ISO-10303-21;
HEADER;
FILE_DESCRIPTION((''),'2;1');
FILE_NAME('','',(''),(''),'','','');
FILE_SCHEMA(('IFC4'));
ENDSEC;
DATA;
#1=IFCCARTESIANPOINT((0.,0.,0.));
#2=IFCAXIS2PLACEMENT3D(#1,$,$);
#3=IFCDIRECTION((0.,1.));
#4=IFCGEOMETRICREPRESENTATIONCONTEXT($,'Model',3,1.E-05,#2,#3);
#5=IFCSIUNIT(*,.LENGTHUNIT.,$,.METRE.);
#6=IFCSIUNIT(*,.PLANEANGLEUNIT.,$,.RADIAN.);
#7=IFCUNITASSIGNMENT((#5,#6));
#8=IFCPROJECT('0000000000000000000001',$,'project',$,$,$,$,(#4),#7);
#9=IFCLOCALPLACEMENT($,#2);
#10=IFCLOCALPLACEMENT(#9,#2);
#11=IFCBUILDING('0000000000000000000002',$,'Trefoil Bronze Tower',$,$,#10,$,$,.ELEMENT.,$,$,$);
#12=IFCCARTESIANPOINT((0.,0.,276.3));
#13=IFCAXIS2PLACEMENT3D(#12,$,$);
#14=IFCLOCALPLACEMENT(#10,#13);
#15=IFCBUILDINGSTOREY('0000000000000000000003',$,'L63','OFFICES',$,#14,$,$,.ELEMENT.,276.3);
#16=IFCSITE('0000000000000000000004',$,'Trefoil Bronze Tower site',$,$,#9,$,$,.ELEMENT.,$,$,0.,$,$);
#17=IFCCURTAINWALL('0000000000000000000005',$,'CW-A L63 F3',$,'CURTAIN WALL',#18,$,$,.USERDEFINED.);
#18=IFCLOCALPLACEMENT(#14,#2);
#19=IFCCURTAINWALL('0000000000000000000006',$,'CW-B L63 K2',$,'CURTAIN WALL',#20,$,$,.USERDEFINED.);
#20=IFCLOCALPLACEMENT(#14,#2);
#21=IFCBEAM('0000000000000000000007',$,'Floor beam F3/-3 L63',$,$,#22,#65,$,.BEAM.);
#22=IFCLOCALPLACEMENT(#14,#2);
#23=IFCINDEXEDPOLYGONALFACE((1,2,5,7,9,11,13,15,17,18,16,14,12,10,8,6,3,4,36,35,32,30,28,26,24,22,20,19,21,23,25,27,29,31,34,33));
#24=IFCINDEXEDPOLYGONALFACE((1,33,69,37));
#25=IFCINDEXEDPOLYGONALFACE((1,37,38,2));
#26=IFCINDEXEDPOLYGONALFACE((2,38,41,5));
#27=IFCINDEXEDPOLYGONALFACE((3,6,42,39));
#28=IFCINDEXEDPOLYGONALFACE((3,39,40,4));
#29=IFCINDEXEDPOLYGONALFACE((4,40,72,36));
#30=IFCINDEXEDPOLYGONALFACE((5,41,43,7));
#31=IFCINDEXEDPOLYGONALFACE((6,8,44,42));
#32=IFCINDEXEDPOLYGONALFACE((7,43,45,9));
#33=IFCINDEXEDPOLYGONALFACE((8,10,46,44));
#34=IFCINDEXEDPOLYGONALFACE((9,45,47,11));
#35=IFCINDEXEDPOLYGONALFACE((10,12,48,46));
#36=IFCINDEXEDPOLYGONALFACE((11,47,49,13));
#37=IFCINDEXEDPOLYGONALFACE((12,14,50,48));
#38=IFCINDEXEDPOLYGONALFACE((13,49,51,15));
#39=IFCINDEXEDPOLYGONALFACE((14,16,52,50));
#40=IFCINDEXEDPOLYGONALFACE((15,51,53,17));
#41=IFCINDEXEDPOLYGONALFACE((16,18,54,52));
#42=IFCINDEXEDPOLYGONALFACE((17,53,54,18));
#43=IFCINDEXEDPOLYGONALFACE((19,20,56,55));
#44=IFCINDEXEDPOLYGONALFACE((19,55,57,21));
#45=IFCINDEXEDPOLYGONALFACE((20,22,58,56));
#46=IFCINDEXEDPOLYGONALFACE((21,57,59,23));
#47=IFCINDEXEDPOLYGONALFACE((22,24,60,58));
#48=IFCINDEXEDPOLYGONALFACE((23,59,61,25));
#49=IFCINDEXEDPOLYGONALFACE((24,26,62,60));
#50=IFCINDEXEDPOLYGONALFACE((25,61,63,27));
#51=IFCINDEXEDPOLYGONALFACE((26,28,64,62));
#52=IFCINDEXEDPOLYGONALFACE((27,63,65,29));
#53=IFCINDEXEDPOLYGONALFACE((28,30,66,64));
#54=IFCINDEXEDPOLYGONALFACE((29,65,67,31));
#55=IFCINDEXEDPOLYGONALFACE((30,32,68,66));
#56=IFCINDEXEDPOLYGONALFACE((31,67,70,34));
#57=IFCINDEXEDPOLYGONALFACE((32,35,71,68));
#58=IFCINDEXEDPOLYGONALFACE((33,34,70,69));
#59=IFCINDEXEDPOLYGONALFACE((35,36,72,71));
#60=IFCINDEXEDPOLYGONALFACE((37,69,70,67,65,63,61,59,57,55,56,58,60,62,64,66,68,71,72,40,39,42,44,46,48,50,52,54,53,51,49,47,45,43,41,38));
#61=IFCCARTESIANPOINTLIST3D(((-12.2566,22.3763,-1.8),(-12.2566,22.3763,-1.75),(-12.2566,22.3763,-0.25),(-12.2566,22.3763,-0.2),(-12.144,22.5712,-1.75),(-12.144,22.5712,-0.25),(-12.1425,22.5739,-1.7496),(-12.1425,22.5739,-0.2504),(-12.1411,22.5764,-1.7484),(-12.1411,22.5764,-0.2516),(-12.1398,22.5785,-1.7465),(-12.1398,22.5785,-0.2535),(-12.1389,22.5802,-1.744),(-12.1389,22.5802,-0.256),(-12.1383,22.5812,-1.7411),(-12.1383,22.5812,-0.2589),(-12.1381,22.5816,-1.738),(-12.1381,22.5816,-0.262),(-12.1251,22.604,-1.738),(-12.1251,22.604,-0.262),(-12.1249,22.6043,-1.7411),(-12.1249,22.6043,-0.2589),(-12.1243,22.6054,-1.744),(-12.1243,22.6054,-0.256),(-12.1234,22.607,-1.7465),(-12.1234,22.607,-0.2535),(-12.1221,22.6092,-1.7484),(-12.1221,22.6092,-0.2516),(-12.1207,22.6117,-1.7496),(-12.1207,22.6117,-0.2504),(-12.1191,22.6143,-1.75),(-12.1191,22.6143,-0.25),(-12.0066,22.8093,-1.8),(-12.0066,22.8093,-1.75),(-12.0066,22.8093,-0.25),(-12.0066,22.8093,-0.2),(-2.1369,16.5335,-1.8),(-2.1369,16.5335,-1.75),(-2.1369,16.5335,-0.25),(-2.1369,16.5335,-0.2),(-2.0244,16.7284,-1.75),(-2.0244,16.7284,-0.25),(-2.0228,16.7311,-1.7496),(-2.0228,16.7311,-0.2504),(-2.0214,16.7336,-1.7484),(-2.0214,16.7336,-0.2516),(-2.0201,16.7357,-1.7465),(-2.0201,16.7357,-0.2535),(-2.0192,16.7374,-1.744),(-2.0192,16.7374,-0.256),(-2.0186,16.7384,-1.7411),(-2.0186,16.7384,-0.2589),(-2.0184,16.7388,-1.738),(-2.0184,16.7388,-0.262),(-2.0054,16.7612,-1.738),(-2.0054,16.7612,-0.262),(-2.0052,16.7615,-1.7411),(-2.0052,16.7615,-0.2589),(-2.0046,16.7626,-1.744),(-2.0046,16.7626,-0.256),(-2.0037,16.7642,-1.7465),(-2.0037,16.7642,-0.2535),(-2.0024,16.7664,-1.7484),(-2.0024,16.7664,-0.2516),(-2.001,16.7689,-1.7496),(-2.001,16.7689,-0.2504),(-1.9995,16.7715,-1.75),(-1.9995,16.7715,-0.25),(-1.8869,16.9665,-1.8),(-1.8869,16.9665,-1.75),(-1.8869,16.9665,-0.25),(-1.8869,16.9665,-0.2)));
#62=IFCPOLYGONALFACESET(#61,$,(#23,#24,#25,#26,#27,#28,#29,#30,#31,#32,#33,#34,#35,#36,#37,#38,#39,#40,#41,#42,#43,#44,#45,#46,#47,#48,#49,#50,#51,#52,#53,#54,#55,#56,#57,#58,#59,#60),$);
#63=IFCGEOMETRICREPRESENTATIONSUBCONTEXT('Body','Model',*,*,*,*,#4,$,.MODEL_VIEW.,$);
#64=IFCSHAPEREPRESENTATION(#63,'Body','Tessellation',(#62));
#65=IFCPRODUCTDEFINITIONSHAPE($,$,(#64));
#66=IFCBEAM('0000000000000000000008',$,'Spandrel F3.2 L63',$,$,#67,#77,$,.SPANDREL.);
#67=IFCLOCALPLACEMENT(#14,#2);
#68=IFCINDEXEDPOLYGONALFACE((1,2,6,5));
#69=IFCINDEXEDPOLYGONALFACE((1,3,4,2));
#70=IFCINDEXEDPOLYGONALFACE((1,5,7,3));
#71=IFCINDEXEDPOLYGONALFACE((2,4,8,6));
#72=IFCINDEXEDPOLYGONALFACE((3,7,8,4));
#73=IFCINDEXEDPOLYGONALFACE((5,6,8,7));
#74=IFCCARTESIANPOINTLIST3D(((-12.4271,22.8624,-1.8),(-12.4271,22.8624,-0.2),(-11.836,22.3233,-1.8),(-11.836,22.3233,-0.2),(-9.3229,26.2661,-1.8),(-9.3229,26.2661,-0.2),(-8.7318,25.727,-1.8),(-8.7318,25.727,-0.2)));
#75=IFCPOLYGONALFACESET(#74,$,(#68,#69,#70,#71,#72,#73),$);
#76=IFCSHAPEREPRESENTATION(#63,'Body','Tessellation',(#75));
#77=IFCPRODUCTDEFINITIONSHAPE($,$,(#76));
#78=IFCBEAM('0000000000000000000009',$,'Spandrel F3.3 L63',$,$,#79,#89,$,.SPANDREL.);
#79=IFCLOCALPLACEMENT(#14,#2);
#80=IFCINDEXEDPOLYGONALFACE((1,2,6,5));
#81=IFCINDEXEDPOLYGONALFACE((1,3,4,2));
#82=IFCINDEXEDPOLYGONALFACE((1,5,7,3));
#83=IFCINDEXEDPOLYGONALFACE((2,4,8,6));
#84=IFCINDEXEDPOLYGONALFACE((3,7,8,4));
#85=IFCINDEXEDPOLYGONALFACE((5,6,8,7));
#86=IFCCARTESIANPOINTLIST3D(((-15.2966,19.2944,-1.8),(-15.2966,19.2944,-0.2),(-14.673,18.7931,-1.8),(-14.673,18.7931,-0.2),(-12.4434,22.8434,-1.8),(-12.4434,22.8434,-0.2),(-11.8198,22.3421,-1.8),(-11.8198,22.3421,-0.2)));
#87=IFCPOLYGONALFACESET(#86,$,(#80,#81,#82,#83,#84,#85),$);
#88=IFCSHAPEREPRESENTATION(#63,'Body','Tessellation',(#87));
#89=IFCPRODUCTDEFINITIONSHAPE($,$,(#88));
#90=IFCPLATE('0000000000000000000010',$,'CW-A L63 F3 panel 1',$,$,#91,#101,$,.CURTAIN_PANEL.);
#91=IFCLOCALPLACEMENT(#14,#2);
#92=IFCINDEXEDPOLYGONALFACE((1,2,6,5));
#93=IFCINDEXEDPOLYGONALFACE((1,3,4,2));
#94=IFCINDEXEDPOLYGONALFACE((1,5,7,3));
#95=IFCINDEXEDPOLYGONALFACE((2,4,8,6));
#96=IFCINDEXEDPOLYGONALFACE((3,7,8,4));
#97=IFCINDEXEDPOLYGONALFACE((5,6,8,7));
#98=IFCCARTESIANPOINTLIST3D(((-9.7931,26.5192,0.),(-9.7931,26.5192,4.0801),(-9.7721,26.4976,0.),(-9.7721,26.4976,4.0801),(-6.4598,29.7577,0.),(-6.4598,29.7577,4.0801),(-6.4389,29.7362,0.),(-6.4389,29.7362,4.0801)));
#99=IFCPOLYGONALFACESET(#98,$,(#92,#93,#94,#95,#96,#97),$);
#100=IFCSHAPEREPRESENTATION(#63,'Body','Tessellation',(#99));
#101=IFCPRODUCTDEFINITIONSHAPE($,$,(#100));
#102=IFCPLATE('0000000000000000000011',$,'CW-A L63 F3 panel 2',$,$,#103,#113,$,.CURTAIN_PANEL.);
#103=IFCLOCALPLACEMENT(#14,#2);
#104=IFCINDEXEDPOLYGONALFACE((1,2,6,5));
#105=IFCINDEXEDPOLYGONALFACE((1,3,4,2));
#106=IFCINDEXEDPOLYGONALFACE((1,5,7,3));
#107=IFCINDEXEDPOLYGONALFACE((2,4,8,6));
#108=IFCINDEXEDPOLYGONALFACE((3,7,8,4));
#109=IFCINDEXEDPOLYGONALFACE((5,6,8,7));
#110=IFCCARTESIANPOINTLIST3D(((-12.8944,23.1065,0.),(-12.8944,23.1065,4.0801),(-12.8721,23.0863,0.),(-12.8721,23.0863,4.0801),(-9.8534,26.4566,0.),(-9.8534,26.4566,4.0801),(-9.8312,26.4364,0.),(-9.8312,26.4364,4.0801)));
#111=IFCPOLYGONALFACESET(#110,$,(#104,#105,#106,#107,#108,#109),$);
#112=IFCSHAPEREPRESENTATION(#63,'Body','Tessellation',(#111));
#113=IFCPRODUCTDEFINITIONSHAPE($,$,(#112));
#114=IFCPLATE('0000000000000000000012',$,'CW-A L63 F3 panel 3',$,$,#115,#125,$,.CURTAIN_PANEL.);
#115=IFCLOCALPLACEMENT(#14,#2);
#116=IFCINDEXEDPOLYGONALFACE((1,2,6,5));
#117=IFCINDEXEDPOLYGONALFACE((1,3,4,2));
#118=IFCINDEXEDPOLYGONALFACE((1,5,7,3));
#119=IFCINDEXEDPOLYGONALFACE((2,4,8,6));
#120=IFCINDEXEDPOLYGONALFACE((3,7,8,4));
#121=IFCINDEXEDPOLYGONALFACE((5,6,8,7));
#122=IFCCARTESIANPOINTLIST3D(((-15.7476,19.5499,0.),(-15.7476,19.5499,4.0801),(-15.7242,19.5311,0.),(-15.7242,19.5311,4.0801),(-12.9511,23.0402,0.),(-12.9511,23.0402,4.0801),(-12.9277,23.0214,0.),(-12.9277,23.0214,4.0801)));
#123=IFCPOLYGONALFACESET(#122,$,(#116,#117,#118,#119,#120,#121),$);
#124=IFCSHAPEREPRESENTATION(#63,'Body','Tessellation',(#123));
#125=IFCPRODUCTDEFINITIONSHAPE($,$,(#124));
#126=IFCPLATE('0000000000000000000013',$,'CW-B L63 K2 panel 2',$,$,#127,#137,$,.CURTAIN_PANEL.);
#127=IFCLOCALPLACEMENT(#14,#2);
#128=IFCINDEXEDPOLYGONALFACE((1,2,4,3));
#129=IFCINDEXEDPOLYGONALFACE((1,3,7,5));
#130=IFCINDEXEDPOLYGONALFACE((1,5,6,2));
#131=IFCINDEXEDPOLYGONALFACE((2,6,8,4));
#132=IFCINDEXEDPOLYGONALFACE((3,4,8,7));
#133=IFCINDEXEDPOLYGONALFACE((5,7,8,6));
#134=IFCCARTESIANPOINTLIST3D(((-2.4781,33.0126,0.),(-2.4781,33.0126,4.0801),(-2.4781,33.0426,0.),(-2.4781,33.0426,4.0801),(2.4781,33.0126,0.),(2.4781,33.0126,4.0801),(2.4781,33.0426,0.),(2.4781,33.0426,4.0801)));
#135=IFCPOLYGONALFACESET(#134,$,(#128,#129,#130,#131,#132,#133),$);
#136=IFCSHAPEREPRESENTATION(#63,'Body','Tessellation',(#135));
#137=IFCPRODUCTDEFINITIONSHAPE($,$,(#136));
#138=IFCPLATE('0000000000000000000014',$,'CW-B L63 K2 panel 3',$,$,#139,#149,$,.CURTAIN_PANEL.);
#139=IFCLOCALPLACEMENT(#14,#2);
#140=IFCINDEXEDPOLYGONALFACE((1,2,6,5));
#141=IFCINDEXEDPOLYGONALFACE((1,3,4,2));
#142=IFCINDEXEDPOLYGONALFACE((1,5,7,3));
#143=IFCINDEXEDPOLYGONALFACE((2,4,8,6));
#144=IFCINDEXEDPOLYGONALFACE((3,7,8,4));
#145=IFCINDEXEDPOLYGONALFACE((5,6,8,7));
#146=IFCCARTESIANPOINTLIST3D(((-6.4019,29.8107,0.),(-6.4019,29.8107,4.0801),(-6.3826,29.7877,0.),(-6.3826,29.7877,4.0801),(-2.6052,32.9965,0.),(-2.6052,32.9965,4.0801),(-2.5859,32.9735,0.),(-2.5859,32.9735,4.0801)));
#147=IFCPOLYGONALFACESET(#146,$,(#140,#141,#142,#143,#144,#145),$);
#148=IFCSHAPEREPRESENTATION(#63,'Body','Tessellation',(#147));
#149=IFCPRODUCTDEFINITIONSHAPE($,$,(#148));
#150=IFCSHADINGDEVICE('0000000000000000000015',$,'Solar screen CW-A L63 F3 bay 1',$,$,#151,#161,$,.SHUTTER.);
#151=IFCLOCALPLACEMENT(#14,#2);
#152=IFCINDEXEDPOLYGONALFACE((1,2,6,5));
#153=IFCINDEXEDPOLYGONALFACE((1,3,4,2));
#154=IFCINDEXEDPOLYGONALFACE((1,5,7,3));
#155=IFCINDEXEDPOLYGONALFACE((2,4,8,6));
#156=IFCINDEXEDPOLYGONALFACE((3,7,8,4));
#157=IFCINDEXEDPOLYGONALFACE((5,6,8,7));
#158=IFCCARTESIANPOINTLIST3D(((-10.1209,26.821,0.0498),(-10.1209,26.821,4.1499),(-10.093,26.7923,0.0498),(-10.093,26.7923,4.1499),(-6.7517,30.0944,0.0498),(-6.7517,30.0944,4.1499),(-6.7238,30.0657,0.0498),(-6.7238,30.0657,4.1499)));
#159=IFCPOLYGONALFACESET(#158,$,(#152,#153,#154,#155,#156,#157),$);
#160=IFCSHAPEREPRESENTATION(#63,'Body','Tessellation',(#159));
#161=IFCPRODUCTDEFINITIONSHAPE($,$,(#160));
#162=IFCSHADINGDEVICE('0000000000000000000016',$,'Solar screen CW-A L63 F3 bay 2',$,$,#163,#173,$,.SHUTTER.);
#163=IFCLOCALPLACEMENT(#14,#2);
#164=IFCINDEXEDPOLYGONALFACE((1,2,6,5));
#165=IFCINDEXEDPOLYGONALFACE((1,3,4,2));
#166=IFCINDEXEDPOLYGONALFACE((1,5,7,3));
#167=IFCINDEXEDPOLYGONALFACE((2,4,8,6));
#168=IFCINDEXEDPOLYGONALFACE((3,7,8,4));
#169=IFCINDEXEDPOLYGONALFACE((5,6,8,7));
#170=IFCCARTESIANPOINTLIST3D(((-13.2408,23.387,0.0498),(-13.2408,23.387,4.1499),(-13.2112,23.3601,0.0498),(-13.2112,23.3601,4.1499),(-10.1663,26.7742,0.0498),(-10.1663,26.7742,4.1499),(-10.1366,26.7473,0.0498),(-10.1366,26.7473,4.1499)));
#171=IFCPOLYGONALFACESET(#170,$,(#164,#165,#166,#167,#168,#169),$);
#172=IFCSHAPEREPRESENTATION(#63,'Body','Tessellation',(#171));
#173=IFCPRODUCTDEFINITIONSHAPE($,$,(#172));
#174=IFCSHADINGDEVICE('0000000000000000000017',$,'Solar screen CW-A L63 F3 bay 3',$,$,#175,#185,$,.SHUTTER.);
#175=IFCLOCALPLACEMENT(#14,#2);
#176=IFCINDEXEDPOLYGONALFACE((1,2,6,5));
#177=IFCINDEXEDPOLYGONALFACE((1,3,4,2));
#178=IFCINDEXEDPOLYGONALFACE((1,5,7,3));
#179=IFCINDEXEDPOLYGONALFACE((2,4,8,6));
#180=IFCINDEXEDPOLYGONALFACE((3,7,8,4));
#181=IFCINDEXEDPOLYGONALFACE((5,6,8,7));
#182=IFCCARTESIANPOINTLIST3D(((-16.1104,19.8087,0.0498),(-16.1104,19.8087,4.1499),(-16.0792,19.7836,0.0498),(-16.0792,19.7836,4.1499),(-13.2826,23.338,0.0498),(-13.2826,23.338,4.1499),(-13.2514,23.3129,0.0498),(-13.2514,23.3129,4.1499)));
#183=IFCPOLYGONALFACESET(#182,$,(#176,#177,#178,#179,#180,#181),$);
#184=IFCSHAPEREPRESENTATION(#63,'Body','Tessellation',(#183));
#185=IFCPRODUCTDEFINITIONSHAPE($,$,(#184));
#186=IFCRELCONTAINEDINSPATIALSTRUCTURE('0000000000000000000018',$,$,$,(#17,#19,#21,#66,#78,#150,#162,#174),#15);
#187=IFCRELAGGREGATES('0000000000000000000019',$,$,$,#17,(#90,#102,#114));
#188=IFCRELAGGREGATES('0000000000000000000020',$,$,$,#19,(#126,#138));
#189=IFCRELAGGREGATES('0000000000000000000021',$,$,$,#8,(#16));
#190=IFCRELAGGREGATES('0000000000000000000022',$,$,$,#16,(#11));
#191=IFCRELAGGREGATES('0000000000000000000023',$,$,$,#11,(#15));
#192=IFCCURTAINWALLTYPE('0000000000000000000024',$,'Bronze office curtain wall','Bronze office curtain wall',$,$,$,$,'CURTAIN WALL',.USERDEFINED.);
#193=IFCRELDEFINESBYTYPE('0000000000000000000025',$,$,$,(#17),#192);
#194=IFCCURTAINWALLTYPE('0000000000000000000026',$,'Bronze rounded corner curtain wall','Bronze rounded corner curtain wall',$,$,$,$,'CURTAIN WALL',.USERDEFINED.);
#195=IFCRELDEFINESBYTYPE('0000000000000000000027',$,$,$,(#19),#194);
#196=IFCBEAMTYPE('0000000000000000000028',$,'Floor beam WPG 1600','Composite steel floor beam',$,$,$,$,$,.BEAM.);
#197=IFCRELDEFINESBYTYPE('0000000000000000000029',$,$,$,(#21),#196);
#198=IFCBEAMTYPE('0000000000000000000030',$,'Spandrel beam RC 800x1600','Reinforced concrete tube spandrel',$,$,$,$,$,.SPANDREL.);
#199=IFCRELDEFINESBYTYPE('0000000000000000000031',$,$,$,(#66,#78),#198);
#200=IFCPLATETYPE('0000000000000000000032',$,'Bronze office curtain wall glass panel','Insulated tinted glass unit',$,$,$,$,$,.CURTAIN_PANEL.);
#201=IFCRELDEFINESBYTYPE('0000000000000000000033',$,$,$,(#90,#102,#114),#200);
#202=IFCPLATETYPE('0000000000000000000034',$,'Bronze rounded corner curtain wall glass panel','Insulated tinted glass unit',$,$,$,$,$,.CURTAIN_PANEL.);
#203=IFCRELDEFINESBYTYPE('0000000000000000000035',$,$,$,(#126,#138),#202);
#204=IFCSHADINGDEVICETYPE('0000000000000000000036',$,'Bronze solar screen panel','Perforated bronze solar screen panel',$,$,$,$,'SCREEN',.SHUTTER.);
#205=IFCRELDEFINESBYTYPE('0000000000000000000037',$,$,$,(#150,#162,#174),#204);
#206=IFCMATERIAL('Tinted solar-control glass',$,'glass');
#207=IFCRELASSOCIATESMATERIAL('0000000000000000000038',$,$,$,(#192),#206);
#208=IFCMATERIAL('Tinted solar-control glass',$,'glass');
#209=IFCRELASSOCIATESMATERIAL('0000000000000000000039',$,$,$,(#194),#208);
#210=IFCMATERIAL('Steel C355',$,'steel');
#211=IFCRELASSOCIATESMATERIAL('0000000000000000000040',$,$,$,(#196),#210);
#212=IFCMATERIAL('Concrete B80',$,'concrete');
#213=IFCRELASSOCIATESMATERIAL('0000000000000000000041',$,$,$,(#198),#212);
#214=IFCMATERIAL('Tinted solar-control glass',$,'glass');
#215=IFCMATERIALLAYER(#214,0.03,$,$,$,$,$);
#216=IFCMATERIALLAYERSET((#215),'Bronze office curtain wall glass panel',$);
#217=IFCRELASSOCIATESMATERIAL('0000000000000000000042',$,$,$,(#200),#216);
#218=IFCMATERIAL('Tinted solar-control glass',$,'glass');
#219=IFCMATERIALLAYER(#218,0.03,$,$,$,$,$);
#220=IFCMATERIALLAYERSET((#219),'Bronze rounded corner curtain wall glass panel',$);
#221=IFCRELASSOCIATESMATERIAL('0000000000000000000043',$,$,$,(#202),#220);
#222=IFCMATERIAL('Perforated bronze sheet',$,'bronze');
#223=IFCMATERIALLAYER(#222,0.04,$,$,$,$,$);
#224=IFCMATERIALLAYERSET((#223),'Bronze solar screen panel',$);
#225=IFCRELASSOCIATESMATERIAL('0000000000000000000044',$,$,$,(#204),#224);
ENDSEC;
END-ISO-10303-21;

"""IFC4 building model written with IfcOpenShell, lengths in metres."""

from ifc_helpers import new_model, si_unit, direction, frame, origin, origin_2d, place, context, subcontext, project, spatial, rectangle, i_section, extrude, material, layer, layer_set, material_profile, profile_set, type_object, element, aggregate, save


model = new_model("IFC4")

# Units and contexts
model_context = context("Model", 3, precision=1e-05, world=origin(), true_north=direction((0.0, 1.0)))
body_context = subcontext(model_context, "Body", "Model", "MODEL_VIEW")
ifc_project = project(units=[si_unit("LENGTHUNIT", "METRE"), si_unit("PLANEANGLEUNIT", "RADIAN")], contexts=[model_context])

# Site, building, storey
site_placement = place(None, origin())
site = spatial("IfcSite", under=ifc_project, at=site_placement, Name="Trefoil Bronze Tower site", CompositionType="ELEMENT", RefElevation=0.0)
building_placement = place(site_placement, origin())
building = spatial("IfcBuilding", under=site, at=building_placement, Name="Trefoil Bronze Tower", CompositionType="ELEMENT")
storey_placement = place(building_placement, frame((0.0, 0.0, 276.3)))
storey = spatial("IfcBuildingStorey", under=building, at=storey_placement, Name="L63", Description="OFFICES", CompositionType="ELEMENT", Elevation=276.3)

# Curtain walls
ifc_material_1 = material(Name="Tinted solar-control glass", Category="glass")
curtain_wall_type_1 = type_object("IfcCurtainWallType", Name="Bronze office curtain wall", Description="Bronze office curtain wall", ElementType="CURTAIN WALL", PredefinedType="USERDEFINED", material=ifc_material_1)
curtain_wall_1_placement = place(storey_placement, origin())
curtain_wall_1 = element("IfcCurtainWall", 1, at=curtain_wall_1_placement, inside=storey, type_object=curtain_wall_type_1, Name="CW-A L63 F3", ObjectType="CURTAIN WALL", PredefinedType="USERDEFINED")
ifc_material_2 = material(Name="Tinted solar-control glass", Category="glass")
curtain_wall_type_2 = type_object("IfcCurtainWallType", Name="Bronze rounded corner curtain wall", Description="Bronze rounded corner curtain wall", ElementType="CURTAIN WALL", PredefinedType="USERDEFINED", material=ifc_material_2)
curtain_wall_2_placement = place(storey_placement, origin())
curtain_wall_2 = element("IfcCurtainWall", 2, at=curtain_wall_2_placement, inside=storey, type_object=curtain_wall_type_2, Name="CW-B L63 K2", ObjectType="CURTAIN WALL", PredefinedType="USERDEFINED")

# Beams
ifc_material_3 = material(Name="Steel C355", Category="steel")
ifc_material_profile_1 = material_profile(ifc_material_3, i_section(OverallWidth=0.5, OverallDepth=1.6001, WebThickness=0.0259, FlangeThickness=0.05, FilletRadius=0.012, at=origin_2d()), Name="WPG 1600")
ifc_profile_set_1 = profile_set([ifc_material_profile_1], Name="Steel C355")
beam_type_1 = type_object("IfcBeamType", Name="Floor beam WPG 1600", Description="Composite steel floor beam", PredefinedType="BEAM", material=ifc_profile_set_1)
beam_1_placement = place(storey_placement, frame((-12.1316, 22.5928, -1.0), z_axis=(0.866018, -0.500013, 0.0), x_axis=(0.500013, 0.866018, 0.0)))
element("IfcBeam", 3, at=beam_1_placement, inside=storey, type_object=beam_type_1, Name="Floor beam F3/-3 L63", PredefinedType="BEAM", context=body_context, shape_type="SweptSolid", body=[
    extrude(i_section(OverallWidth=0.5, OverallDepth=1.6001, WebThickness=0.0259, FlangeThickness=0.05, FilletRadius=0.012, at=origin_2d()), origin(), (0.0, 0.0, 1.0), 11.6853),
])
ifc_material_4 = material(Name="Concrete B80", Category="concrete")
ifc_material_profile_2 = material_profile(ifc_material_4, rectangle(XDim=0.8, YDim=1.6001, at=origin_2d()), Name="RC 800x1600")
ifc_profile_set_2 = profile_set([ifc_material_profile_2], Name="Concrete B80")
beam_type_2 = type_object("IfcBeamType", Name="Spandrel beam RC 800x1600", Description="Reinforced concrete tube spandrel", PredefinedType="SPANDREL", material=ifc_profile_set_2)
beam_2_placement = place(storey_placement, frame((-9.0273, 25.9966, -1.0), z_axis=(-0.673846, -0.738872, 0.0), x_axis=(0.738872, -0.673846, 0.0)))
element("IfcBeam", 4, at=beam_2_placement, inside=storey, type_object=beam_type_2, Name="Spandrel F3.2 L63", PredefinedType="SPANDREL", context=body_context, shape_type="SweptSolid", body=[
    extrude(rectangle(XDim=0.8, YDim=1.6001, at=origin_2d()), origin(), (0.0, 0.0, 1.0), 4.6067),
])
beam_3_placement = place(storey_placement, frame((-12.1316, 22.5928, -1.0), z_axis=(-0.62657, -0.779365, 0.0), x_axis=(0.779365, -0.62657, 0.0)))
element("IfcBeam", 5, at=beam_3_placement, inside=storey, type_object=beam_type_2, Name="Spandrel F3.3 L63", PredefinedType="SPANDREL", context=body_context, shape_type="SweptSolid", body=[
    extrude(rectangle(XDim=0.8, YDim=1.6001, at=origin_2d()), origin(), (0.0, 0.0, 1.0), 4.5537),
])

# Plates
ifc_material_5 = material(Name="Tinted solar-control glass", Category="glass")
ifc_layer_1 = layer(ifc_material_5, 0.03)
ifc_layer_set_1 = layer_set([ifc_layer_1], Name="Bronze office curtain wall glass panel")
plate_type_1 = type_object("IfcPlateType", Name="Bronze office curtain wall glass panel", Description="Insulated tinted glass unit", PredefinedType="CURTAIN_PANEL", material=ifc_layer_set_1)
plate_1_placement = place(storey_placement, frame((-8.116, 28.1277, 0.0), z_axis=(0.0, 0.0, 1.0), x_axis=(-0.717218, -0.696849, 0.0)))
plate_1 = element("IfcPlate", 6, at=plate_1_placement, type_object=plate_type_1, Name="CW-A L63 F3 panel 1", PredefinedType="CURTAIN_PANEL", context=body_context, shape_type="SweptSolid", body=[
    extrude(rectangle(XDim=4.6475, YDim=0.03, at=origin_2d()), origin(), (0.0, 0.0, 1.0), 4.0801),
])
plate_2_placement = place(storey_placement, frame((-11.3628, 24.7715, 0.0), z_axis=(0.0, 0.0, 1.0), x_axis=(-0.672115, -0.740447, 0.0)))
plate_2 = element("IfcPlate", 7, at=plate_2_placement, type_object=plate_type_1, Name="CW-A L63 F3 panel 2", PredefinedType="CURTAIN_PANEL", context=body_context, shape_type="SweptSolid", body=[
    extrude(rectangle(XDim=4.5244, YDim=0.03, at=origin_2d()), origin(), (0.0, 0.0, 1.0), 4.0801),
])
plate_3_placement = place(storey_placement, frame((-14.3376, 21.2856, 0.0), z_axis=(0.0, 0.0, 1.0), x_axis=(-0.625287, -0.780395, 0.0)))
plate_3 = element("IfcPlate", 8, at=plate_3_placement, type_object=plate_type_1, Name="CW-A L63 F3 panel 3", PredefinedType="CURTAIN_PANEL", context=body_context, shape_type="SweptSolid", body=[
    extrude(rectangle(XDim=4.4724, YDim=0.03, at=origin_2d()), origin(), (0.0, 0.0, 1.0), 4.0801),
])
aggregate(curtain_wall_1, [plate_1, plate_2, plate_3])
ifc_material_6 = material(Name="Tinted solar-control glass", Category="glass")
ifc_layer_2 = layer(ifc_material_6, 0.03)
ifc_layer_set_2 = layer_set([ifc_layer_2], Name="Bronze rounded corner curtain wall glass panel")
plate_type_2 = type_object("IfcPlateType", Name="Bronze rounded corner curtain wall glass panel", Description="Insulated tinted glass unit", PredefinedType="CURTAIN_PANEL", material=ifc_layer_set_2)
plate_4_placement = place(storey_placement, frame((0.0, 33.0276, 0.0), z_axis=(0.0, 0.0, 1.0), x_axis=(-1.0, 0.0, 0.0)))
plate_4 = element("IfcPlate", 9, at=plate_4_placement, type_object=plate_type_2, Name="CW-B L63 K2 panel 2", PredefinedType="CURTAIN_PANEL", context=body_context, shape_type="SweptSolid", body=[
    extrude(rectangle(XDim=4.9563, YDim=0.03, at=origin_2d()), origin(), (0.0, 0.0, 1.0), 4.0801),
])
plate_5_placement = place(storey_placement, frame((-4.4939, 31.3921, 0.0), z_axis=(0.0, 0.0, 1.0), x_axis=(-0.766044, -0.642788, 0.0)))
plate_5 = element("IfcPlate", 10, at=plate_5_placement, type_object=plate_type_2, Name="CW-B L63 K2 panel 3", PredefinedType="CURTAIN_PANEL", context=body_context, shape_type="SweptSolid", body=[
    extrude(rectangle(XDim=4.9563, YDim=0.03, at=origin_2d()), origin(), (0.0, 0.0, 1.0), 4.0801),
])
aggregate(curtain_wall_2, [plate_4, plate_5])

# Shading devices
ifc_material_7 = material(Name="Perforated bronze sheet", Category="bronze")
ifc_layer_3 = layer(ifc_material_7, 0.04)
ifc_layer_set_3 = layer_set([ifc_layer_3], Name="Bronze solar screen panel")
shading_device_type = type_object("IfcShadingDeviceType", Name="Bronze solar screen panel", Description="Perforated bronze solar screen panel", ElementType="SCREEN", PredefinedType="SHUTTER", material=ifc_layer_set_3)
shading_device_1_placement = place(storey_placement, frame((-8.4224, 28.4434, 0.0498), z_axis=(0.0, 0.0, 1.0), x_axis=(-0.717218, -0.696849, 0.0)))
element("IfcShadingDevice", 11, at=shading_device_1_placement, inside=storey, type_object=shading_device_type, Name="Solar screen CW-A L63 F3 bay 1", PredefinedType="SHUTTER", context=body_context, shape_type="SweptSolid", body=[
    extrude(rectangle(XDim=4.6975, YDim=0.04, at=origin_2d()), origin(), (0.0, 0.0, 1.0), 4.1001),
])
shading_device_2_placement = place(storey_placement, frame((-11.6887, 25.0671, 0.0498), z_axis=(0.0, 0.0, 1.0), x_axis=(-0.672115, -0.740447, 0.0)))
element("IfcShadingDevice", 12, at=shading_device_2_placement, inside=storey, type_object=shading_device_type, Name="Solar screen CW-A L63 F3 bay 2", PredefinedType="SHUTTER", context=body_context, shape_type="SweptSolid", body=[
    extrude(rectangle(XDim=4.5745, YDim=0.04, at=origin_2d()), origin(), (0.0, 0.0, 1.0), 4.1001),
])
shading_device_3_placement = place(storey_placement, frame((-14.6809, 21.5608, 0.0498), z_axis=(0.0, 0.0, 1.0), x_axis=(-0.625287, -0.780395, 0.0)))
element("IfcShadingDevice", 13, at=shading_device_3_placement, inside=storey, type_object=shading_device_type, Name="Solar screen CW-A L63 F3 bay 3", PredefinedType="SHUTTER", context=body_context, shape_type="SweptSolid", body=[
    extrude(rectangle(XDim=4.5225, YDim=0.04, at=origin_2d()), origin(), (0.0, 0.0, 1.0), 4.1001),
])

save(model, "model.ifc")
